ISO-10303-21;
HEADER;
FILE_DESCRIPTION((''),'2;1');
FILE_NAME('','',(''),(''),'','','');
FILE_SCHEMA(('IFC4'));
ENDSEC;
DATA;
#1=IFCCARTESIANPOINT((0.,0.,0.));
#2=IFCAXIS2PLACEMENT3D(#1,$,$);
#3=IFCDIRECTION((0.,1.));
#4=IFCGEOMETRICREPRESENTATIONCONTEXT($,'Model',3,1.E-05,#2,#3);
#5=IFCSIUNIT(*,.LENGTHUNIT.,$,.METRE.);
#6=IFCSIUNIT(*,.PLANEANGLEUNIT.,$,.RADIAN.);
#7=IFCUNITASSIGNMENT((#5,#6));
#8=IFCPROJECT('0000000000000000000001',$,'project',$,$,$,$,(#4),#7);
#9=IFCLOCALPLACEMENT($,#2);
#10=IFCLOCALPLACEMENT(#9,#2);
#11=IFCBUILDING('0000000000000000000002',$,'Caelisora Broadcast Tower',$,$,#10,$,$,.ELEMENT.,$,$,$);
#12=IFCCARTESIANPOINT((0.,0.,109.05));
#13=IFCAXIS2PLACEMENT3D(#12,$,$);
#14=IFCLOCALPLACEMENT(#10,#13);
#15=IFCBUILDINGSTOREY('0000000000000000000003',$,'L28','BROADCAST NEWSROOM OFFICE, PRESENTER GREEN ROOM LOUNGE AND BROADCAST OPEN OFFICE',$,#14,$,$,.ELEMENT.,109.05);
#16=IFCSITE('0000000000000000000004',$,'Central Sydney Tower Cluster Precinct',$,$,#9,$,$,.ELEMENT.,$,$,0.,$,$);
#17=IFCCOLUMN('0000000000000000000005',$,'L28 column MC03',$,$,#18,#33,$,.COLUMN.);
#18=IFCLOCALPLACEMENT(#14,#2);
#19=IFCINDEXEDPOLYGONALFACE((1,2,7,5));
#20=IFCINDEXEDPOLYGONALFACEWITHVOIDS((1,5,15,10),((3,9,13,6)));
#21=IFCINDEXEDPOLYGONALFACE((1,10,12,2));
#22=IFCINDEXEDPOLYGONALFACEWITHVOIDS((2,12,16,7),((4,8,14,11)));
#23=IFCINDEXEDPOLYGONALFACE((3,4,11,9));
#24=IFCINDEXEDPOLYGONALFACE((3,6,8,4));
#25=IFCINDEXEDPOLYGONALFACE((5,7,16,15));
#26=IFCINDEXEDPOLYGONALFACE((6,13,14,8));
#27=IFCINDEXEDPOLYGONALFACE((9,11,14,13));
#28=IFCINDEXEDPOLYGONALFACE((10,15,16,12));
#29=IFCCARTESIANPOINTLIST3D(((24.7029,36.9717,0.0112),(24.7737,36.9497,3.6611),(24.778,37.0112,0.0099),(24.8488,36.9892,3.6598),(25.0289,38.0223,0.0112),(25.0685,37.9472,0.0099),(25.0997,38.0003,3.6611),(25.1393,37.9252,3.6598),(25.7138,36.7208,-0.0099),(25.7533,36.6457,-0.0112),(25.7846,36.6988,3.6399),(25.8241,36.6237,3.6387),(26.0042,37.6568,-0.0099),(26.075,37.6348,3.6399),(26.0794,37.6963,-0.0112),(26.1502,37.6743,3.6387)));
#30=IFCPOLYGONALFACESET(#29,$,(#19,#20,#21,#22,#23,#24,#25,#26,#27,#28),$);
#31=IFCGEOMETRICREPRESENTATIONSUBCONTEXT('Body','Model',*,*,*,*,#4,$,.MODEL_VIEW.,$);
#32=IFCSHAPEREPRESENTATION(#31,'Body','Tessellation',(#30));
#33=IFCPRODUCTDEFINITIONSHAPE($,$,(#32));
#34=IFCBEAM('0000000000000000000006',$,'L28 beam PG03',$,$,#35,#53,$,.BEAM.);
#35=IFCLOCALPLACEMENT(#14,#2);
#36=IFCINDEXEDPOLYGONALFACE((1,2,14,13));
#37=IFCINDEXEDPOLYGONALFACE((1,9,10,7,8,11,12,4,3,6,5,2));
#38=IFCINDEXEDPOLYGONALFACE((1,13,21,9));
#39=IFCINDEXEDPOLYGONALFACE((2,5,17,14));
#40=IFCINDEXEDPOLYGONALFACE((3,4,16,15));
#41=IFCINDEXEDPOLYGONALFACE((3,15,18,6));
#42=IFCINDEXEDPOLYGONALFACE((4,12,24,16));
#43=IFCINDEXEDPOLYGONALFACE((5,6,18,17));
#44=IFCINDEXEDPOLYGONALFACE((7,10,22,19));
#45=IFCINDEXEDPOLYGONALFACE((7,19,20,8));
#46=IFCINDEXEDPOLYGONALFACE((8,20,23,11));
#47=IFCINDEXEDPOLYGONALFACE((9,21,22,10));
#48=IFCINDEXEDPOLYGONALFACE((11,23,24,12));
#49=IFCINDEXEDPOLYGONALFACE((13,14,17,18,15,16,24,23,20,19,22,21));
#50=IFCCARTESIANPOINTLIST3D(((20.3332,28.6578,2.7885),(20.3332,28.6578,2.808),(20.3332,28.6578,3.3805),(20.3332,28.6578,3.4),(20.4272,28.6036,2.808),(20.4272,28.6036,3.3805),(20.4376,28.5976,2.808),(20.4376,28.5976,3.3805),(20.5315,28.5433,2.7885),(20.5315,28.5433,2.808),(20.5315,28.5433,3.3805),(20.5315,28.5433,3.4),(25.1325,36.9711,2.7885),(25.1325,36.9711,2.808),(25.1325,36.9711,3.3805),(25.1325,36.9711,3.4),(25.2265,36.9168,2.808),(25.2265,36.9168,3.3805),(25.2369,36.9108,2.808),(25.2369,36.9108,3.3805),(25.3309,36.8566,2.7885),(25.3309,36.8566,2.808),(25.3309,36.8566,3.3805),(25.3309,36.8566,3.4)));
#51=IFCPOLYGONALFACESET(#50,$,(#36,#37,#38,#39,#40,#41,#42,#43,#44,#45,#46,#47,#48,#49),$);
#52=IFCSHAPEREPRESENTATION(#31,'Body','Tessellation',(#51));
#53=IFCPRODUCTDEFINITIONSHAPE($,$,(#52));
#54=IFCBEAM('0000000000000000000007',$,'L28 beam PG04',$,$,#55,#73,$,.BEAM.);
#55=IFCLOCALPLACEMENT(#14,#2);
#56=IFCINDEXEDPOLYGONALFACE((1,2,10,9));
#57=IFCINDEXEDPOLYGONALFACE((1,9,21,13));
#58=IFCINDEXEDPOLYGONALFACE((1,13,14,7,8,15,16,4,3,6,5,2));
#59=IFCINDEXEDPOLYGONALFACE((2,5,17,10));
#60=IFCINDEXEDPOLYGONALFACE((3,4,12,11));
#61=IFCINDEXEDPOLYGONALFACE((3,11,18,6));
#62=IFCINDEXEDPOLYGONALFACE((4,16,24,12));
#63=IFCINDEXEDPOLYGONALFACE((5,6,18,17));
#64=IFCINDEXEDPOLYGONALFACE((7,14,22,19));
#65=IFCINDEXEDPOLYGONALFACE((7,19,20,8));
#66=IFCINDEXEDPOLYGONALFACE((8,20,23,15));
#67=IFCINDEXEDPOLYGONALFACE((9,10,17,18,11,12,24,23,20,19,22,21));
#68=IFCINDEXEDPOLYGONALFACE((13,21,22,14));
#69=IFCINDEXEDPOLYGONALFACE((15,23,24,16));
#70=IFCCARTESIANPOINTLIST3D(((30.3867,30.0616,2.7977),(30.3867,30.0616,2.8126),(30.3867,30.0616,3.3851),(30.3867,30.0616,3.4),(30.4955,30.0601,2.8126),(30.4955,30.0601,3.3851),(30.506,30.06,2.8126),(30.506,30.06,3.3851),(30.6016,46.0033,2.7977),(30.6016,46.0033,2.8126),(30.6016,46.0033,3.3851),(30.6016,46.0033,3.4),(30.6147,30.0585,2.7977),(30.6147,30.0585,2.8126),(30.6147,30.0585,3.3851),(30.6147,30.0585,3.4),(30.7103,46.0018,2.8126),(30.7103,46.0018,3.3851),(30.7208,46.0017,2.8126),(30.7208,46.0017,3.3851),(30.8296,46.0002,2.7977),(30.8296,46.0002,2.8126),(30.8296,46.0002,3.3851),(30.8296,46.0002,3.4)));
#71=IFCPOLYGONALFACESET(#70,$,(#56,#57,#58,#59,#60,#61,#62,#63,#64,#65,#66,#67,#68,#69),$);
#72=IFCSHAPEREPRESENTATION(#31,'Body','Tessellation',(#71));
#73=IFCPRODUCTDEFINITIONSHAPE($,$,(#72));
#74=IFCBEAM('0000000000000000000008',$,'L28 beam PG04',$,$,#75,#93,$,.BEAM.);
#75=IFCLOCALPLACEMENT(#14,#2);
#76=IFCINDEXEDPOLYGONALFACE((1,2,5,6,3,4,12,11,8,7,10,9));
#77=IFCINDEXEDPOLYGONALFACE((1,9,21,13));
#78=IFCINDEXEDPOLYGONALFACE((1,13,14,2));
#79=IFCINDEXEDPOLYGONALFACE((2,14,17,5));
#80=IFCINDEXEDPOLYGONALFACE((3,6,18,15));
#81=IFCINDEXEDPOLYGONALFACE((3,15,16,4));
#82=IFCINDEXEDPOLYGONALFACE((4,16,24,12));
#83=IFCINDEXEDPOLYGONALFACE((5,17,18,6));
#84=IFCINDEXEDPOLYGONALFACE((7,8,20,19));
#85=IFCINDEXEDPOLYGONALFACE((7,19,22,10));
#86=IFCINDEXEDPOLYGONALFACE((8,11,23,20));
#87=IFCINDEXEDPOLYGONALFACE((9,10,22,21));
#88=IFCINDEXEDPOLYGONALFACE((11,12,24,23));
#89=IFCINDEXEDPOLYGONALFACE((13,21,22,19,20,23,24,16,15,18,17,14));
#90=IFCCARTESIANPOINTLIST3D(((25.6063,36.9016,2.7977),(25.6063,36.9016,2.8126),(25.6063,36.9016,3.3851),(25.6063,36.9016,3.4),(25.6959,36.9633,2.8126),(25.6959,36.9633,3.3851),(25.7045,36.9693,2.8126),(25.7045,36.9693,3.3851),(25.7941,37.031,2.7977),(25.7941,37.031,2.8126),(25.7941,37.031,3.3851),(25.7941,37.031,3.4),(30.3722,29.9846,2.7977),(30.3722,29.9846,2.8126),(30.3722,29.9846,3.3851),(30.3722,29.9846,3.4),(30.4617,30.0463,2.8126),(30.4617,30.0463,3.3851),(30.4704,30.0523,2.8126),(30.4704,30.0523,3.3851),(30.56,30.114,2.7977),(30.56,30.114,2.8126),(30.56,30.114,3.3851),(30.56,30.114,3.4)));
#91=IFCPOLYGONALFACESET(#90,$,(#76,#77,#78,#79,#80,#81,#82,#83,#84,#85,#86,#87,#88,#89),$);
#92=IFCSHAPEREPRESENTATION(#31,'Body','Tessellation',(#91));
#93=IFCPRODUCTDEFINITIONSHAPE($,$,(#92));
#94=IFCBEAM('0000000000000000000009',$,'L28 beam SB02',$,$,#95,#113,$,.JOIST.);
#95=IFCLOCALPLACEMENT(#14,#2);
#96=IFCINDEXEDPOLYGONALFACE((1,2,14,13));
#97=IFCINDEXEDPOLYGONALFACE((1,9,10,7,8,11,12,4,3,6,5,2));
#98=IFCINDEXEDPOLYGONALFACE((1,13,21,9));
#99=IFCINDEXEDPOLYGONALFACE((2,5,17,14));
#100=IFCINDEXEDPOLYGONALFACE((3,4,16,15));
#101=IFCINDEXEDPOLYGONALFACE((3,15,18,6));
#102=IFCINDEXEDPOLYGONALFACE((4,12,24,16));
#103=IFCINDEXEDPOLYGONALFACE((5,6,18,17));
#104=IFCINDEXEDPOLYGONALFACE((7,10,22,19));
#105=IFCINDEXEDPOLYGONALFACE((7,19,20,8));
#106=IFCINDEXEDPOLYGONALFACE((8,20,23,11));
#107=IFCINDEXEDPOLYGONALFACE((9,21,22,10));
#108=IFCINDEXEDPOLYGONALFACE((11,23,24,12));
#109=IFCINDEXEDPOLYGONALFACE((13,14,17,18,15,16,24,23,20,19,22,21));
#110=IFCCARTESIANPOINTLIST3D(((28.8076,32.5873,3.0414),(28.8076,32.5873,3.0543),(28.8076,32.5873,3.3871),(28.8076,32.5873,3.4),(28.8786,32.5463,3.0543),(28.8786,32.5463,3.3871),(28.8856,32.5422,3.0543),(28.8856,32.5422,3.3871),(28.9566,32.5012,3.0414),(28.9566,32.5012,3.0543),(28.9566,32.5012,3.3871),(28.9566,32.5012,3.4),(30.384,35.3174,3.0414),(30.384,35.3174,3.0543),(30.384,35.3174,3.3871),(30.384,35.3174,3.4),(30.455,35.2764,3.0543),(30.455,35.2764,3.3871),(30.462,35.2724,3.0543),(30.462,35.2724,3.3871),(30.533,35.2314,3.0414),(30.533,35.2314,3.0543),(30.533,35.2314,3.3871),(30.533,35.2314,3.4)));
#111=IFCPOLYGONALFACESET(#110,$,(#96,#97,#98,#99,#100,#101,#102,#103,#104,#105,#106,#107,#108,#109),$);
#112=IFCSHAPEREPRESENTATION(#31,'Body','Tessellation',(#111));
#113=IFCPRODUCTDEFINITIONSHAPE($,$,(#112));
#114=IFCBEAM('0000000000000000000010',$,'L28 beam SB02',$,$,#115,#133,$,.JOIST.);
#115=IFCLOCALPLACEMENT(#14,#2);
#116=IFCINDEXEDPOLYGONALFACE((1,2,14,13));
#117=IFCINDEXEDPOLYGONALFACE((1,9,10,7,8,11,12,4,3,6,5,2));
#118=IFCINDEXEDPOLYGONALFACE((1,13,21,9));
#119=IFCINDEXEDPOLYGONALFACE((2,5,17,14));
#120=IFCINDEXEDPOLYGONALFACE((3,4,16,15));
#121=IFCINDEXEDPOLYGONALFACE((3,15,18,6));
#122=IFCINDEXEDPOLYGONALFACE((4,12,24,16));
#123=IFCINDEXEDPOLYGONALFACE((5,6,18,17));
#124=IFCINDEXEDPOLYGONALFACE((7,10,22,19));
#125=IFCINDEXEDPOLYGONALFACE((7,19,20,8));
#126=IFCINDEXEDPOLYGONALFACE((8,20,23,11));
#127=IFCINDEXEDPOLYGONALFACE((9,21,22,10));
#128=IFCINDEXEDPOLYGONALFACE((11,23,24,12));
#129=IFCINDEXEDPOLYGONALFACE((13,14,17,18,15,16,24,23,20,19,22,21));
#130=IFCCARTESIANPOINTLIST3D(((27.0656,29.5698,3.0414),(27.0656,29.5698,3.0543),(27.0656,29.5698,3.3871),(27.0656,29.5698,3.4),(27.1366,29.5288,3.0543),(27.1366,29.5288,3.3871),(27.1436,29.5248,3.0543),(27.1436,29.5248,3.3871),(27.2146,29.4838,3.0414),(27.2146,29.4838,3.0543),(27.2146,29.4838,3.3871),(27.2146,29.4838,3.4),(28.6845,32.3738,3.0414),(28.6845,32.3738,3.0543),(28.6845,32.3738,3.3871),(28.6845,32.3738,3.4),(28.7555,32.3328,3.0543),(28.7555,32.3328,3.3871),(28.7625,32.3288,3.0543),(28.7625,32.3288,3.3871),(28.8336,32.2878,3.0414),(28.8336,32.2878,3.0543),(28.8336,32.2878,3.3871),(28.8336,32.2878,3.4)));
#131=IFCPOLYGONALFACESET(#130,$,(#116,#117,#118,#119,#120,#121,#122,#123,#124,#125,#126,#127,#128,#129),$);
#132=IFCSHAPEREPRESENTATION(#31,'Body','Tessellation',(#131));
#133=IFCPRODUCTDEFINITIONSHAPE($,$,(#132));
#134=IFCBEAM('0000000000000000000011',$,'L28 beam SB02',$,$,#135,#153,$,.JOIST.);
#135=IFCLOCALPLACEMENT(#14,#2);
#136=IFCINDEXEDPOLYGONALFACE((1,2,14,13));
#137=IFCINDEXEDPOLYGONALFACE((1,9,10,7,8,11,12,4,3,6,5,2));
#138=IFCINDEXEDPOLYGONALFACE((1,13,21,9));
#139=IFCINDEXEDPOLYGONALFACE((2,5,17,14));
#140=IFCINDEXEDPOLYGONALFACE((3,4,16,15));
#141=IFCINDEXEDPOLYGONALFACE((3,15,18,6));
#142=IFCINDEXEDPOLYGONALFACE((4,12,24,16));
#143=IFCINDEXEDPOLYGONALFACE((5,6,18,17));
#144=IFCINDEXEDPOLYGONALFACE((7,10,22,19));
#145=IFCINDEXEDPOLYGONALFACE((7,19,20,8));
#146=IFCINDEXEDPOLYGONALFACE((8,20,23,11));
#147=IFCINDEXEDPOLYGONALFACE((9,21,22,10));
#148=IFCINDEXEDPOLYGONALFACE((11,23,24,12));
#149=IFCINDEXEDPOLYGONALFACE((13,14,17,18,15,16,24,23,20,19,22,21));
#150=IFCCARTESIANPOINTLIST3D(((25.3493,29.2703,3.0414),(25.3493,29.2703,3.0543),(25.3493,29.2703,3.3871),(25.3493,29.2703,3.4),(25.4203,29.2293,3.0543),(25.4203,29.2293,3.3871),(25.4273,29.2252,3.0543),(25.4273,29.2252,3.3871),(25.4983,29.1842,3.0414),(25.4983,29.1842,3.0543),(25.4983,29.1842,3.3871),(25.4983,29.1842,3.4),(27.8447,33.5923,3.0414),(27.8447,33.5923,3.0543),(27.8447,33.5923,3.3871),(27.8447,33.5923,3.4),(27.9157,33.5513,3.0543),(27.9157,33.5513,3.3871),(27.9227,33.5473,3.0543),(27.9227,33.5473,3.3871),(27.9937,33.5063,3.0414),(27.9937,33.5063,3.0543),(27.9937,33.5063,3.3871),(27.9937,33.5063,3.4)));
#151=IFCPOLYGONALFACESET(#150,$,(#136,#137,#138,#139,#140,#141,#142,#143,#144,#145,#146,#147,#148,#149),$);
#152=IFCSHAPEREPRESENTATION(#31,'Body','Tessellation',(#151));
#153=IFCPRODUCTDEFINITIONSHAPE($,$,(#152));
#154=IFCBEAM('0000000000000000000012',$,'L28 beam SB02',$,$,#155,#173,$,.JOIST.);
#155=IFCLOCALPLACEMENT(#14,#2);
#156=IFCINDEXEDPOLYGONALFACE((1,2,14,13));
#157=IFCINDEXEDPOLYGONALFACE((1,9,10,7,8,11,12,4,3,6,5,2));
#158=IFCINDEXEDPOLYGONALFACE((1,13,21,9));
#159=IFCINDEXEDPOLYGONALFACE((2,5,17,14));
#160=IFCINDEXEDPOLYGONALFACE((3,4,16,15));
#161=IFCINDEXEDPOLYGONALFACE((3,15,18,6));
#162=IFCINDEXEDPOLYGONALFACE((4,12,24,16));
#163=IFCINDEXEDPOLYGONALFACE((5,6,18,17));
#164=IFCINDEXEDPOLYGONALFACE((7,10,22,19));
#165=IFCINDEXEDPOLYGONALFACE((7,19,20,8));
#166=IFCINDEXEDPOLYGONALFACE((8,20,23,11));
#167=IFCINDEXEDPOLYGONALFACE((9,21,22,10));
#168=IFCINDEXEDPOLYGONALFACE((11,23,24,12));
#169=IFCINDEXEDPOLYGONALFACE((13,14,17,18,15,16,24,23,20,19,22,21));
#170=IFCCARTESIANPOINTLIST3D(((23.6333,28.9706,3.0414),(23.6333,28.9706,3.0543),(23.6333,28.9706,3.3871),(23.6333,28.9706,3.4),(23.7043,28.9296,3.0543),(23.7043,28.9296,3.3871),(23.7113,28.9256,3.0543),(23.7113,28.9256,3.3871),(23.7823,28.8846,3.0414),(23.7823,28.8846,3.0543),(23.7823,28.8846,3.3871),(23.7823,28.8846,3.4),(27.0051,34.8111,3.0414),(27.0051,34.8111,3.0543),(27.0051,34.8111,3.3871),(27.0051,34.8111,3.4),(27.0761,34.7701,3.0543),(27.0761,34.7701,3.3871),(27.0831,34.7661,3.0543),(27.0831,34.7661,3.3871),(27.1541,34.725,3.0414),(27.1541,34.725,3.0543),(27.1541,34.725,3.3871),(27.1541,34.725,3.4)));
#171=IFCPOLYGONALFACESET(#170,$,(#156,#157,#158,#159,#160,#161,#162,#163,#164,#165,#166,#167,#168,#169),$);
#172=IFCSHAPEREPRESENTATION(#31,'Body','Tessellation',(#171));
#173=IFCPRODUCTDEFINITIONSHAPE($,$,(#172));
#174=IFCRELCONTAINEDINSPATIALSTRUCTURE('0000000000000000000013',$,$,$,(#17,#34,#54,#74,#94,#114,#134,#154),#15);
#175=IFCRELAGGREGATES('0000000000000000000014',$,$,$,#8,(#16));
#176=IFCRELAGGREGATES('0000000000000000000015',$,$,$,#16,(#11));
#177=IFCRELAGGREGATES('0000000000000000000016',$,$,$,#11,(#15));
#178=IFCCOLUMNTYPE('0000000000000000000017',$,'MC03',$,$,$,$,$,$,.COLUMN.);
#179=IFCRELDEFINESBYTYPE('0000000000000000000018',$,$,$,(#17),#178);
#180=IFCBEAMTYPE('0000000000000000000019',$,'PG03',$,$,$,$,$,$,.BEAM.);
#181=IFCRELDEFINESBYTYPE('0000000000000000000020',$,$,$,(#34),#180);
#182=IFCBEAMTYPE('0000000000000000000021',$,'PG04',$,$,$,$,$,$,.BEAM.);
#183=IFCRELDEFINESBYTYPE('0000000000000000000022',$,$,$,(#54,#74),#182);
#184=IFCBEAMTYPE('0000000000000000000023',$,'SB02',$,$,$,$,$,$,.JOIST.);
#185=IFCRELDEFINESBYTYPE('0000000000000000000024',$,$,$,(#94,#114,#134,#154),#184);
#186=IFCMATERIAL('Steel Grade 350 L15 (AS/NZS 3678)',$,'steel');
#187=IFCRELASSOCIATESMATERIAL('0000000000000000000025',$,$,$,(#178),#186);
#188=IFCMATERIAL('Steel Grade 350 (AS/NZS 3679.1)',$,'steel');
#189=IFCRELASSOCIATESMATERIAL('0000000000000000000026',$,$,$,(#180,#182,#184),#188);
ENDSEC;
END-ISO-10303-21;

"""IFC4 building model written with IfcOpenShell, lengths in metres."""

from ifc_helpers import new_model, si_unit, direction, frame, origin, origin_2d, place, context, subcontext, project, spatial, hollow_rectangle, i_section, extrude, source, transform, mapped, material, material_profile, profile_set, type_object, type_shapes, element, save


model = new_model("IFC4")

# Units and contexts
model_context = context("Model", 3, precision=1e-05, world=origin(), true_north=direction((0.0, 1.0)))
body_context = subcontext(model_context, "Body", "Model", "MODEL_VIEW")
ifc_project = project(units=[si_unit("LENGTHUNIT", "METRE"), si_unit("PLANEANGLEUNIT", "RADIAN")], contexts=[model_context])

# Site, building, storey
site_placement = place(None, origin())
site = spatial("IfcSite", under=ifc_project, at=site_placement, Name="Central Sydney Tower Cluster Precinct", CompositionType="ELEMENT", RefElevation=0.0)
building_placement = place(site_placement, origin())
building = spatial("IfcBuilding", under=site, at=building_placement, Name="Caelisora Broadcast Tower", CompositionType="ELEMENT")
storey_placement = place(building_placement, frame((0.0, 0.0, 109.05)))
storey = spatial("IfcBuildingStorey", under=building, at=storey_placement, Name="L28", Description="BROADCAST NEWSROOM OFFICE, PRESENTER GREEN ROOM LOUNGE AND BROADCAST OPEN OFFICE", CompositionType="ELEMENT", Elevation=109.05)

# Column
ifc_material_1 = material(Name="Steel Grade 350 L15 (AS/NZS 3678)", Category="steel")
ifc_material_profile_1 = material_profile(ifc_material_1, hollow_rectangle(XDim=1.1001, YDim=1.1001, WallThickness=0.0601, at=origin_2d()), Name="Steel Grade 350 L15 (AS/NZS 3678)")
ifc_profile_set_1 = profile_set([ifc_material_profile_1], Name="Steel Grade 350 L15 (AS/NZS 3678)")
column_type = type_object("IfcColumnType", Name="MC03", PredefinedType="COLUMN", material=ifc_profile_set_1)
shared_shape_1 = source(origin(), body_context, "Body", "SweptSolid", [
    extrude(hollow_rectangle(XDim=1.1001, YDim=1.1001, WallThickness=0.0601, at=origin_2d()), origin(), (0.0, 0.0, 1.0), 3.6506),
])
type_shapes(column_type, [shared_shape_1])
column_placement = place(storey_placement, frame((25.3911, 37.334, 0.0), z_axis=(0.019394, -0.006019, 0.999794), x_axis=(0.296399, 0.955064, 0.0)))
element("IfcColumn", 1, at=column_placement, inside=storey, type_object=column_type, Name="L28 column MC03", PredefinedType="COLUMN", context=body_context, shape_type="MappedRepresentation", body=[
    mapped(shared_shape_1, transform((0.0, 0.0, 0.0), scale=1.0)),
])

# Beams
ifc_material_2 = material(Name="Steel Grade 350 (AS/NZS 3679.1)", Category="steel")
ifc_material_profile_2 = material_profile(ifc_material_2, i_section(OverallWidth=0.229, OverallDepth=0.6116, WebThickness=0.012, FlangeThickness=0.0195, at=origin_2d()), Name="Steel Grade 350 (AS/NZS 3679.1)")
ifc_profile_set_2 = profile_set([ifc_material_profile_2], Name="Steel Grade 350 (AS/NZS 3679.1)")
beam_type_1 = type_object("IfcBeamType", Name="PG03", PredefinedType="BEAM", material=ifc_profile_set_2)
shared_shape_2 = source(origin(), body_context, "Body", "SweptSolid", [
    extrude(i_section(OverallWidth=0.229, OverallDepth=0.6116, WebThickness=0.012, FlangeThickness=0.0195, at=origin_2d()), origin(), (0.0, 0.0, 1.0), 9.5991),
])
type_shapes(beam_type_1, [shared_shape_2])
beam_1_placement = place(storey_placement, frame((25.2317, 36.9138, 3.0942), z_axis=(-0.499974, -0.86604, 0.0), x_axis=(0.86604, -0.499974, 0.0)))
element("IfcBeam", 2, at=beam_1_placement, inside=storey, type_object=beam_type_1, Name="L28 beam PG03", PredefinedType="BEAM", context=body_context, shape_type="MappedRepresentation", body=[
    mapped(shared_shape_2, transform((0.0, 0.0, 0.0), scale=1.0)),
])
ifc_material_profile_3 = material_profile(ifc_material_2, i_section(OverallWidth=0.228, OverallDepth=0.6023, WebThickness=0.0105, FlangeThickness=0.0149, at=origin_2d()), Name="Steel Grade 350 (AS/NZS 3679.1)")
ifc_profile_set_3 = profile_set([ifc_material_profile_3], Name="Steel Grade 350 (AS/NZS 3679.1)")
beam_type_2 = type_object("IfcBeamType", Name="PG04", PredefinedType="BEAM", material=ifc_profile_set_3)
shared_shape_3 = source(origin(), body_context, "Body", "SweptSolid", [
    extrude(i_section(OverallWidth=0.228, OverallDepth=0.6023, WebThickness=0.0105, FlangeThickness=0.0149, at=origin_2d()), origin(), (0.0, 0.0, 1.0), 15.9431),
])
beam_2_placement = place(storey_placement, frame((30.5007, 30.0601, 3.0989), z_axis=(0.013476, 0.999909, 0.0), x_axis=(-0.999909, 0.013476, 0.0)))
element("IfcBeam", 3, at=beam_2_placement, inside=storey, type_object=beam_type_2, Name="L28 beam PG04", PredefinedType="BEAM", context=body_context, shape_type="MappedRepresentation", body=[
    mapped(shared_shape_3, transform((0.0, 0.0, 0.0), scale=1.0)),
])
shared_shape_4 = source(origin(), body_context, "Body", "SweptSolid", [
    extrude(i_section(OverallWidth=0.228, OverallDepth=0.6023, WebThickness=0.0105, FlangeThickness=0.0149, at=origin_2d()), origin(), (0.0, 0.0, 1.0), 8.3999),
])
type_shapes(beam_type_2, [shared_shape_3, shared_shape_4])
beam_3_placement = place(storey_placement, frame((30.4661, 30.0493, 3.0989), z_axis=(-0.567372, 0.823461, 0.0), x_axis=(-0.823461, -0.567372, 0.0)))
element("IfcBeam", 4, at=beam_3_placement, inside=storey, type_object=beam_type_2, Name="L28 beam PG04", PredefinedType="BEAM", context=body_context, shape_type="MappedRepresentation", body=[
    mapped(shared_shape_4, transform((0.0, 0.0, 0.0), scale=1.0)),
])
ifc_material_profile_4 = material_profile(ifc_material_2, i_section(OverallWidth=0.1721, OverallDepth=0.3586, WebThickness=0.0081, FlangeThickness=0.0129, at=origin_2d()), Name="Steel Grade 350 (AS/NZS 3679.1)")
ifc_profile_set_4 = profile_set([ifc_material_profile_4], Name="Steel Grade 350 (AS/NZS 3679.1)")
beam_type_3 = type_object("IfcBeamType", Name="SB02", PredefinedType="JOIST", material=ifc_profile_set_4)
shared_shape_5 = source(origin(), body_context, "Body", "SweptSolid", [
    extrude(i_section(OverallWidth=0.1721, OverallDepth=0.3586, WebThickness=0.0081, FlangeThickness=0.0129, at=origin_2d()), origin(), (0.0, 0.0, 1.0), 3.1526),
])
beam_4_placement = place(storey_placement, frame((30.4585, 35.2744, 3.2207), z_axis=(-0.500029, -0.866009, 0.0), x_axis=(0.866009, -0.500029, 0.0)))
element("IfcBeam", 5, at=beam_4_placement, inside=storey, type_object=beam_type_3, Name="L28 beam SB02", PredefinedType="JOIST", context=body_context, shape_type="MappedRepresentation", body=[
    mapped(shared_shape_5, transform((0.0, 0.0, 0.0), scale=1.0)),
])
shared_shape_6 = source(origin(), body_context, "Body", "SweptSolid", [
    extrude(i_section(OverallWidth=0.1721, OverallDepth=0.3586, WebThickness=0.0081, FlangeThickness=0.0129, at=origin_2d()), origin(), (0.0, 0.0, 1.0), 3.2378),
])
beam_5_placement = place(storey_placement, frame((28.759, 32.3308, 3.2207), z_axis=(-0.500007, -0.866021, 0.0), x_axis=(0.866021, -0.500007, 0.0)))
element("IfcBeam", 6, at=beam_5_placement, inside=storey, type_object=beam_type_3, Name="L28 beam SB02", PredefinedType="JOIST", context=body_context, shape_type="MappedRepresentation", body=[
    mapped(shared_shape_6, transform((0.0, 0.0, 0.0), scale=1.0)),
])
shared_shape_7 = source(origin(), body_context, "Body", "SweptSolid", [
    extrude(i_section(OverallWidth=0.1721, OverallDepth=0.3586, WebThickness=0.0081, FlangeThickness=0.0129, at=origin_2d()), origin(), (0.0, 0.0, 1.0), 4.9907),
])
beam_6_placement = place(storey_placement, frame((27.9192, 33.5493, 3.2207), z_axis=(-0.500006, -0.866022, 0.0), x_axis=(0.866022, -0.500006, 0.0)))
element("IfcBeam", 7, at=beam_6_placement, inside=storey, type_object=beam_type_3, Name="L28 beam SB02", PredefinedType="JOIST", context=body_context, shape_type="MappedRepresentation", body=[
    mapped(shared_shape_7, transform((0.0, 0.0, 0.0), scale=1.0)),
])
shared_shape_8 = source(origin(), body_context, "Body", "SweptSolid", [
    extrude(i_section(OverallWidth=0.1721, OverallDepth=0.3586, WebThickness=0.0081, FlangeThickness=0.0129, at=origin_2d()), origin(), (0.0, 0.0, 1.0), 6.7439),
])
beam_7_placement = place(storey_placement, frame((27.0796, 34.7681, 3.2207), z_axis=(-0.499974, -0.86604, 0.0), x_axis=(0.86604, -0.499974, 0.0)))
element("IfcBeam", 8, at=beam_7_placement, inside=storey, type_object=beam_type_3, Name="L28 beam SB02", PredefinedType="JOIST", context=body_context, shape_type="MappedRepresentation", body=[
    mapped(shared_shape_8, transform((0.0, 0.0, 0.0), scale=1.0)),
])

save(model, "model.ifc")
